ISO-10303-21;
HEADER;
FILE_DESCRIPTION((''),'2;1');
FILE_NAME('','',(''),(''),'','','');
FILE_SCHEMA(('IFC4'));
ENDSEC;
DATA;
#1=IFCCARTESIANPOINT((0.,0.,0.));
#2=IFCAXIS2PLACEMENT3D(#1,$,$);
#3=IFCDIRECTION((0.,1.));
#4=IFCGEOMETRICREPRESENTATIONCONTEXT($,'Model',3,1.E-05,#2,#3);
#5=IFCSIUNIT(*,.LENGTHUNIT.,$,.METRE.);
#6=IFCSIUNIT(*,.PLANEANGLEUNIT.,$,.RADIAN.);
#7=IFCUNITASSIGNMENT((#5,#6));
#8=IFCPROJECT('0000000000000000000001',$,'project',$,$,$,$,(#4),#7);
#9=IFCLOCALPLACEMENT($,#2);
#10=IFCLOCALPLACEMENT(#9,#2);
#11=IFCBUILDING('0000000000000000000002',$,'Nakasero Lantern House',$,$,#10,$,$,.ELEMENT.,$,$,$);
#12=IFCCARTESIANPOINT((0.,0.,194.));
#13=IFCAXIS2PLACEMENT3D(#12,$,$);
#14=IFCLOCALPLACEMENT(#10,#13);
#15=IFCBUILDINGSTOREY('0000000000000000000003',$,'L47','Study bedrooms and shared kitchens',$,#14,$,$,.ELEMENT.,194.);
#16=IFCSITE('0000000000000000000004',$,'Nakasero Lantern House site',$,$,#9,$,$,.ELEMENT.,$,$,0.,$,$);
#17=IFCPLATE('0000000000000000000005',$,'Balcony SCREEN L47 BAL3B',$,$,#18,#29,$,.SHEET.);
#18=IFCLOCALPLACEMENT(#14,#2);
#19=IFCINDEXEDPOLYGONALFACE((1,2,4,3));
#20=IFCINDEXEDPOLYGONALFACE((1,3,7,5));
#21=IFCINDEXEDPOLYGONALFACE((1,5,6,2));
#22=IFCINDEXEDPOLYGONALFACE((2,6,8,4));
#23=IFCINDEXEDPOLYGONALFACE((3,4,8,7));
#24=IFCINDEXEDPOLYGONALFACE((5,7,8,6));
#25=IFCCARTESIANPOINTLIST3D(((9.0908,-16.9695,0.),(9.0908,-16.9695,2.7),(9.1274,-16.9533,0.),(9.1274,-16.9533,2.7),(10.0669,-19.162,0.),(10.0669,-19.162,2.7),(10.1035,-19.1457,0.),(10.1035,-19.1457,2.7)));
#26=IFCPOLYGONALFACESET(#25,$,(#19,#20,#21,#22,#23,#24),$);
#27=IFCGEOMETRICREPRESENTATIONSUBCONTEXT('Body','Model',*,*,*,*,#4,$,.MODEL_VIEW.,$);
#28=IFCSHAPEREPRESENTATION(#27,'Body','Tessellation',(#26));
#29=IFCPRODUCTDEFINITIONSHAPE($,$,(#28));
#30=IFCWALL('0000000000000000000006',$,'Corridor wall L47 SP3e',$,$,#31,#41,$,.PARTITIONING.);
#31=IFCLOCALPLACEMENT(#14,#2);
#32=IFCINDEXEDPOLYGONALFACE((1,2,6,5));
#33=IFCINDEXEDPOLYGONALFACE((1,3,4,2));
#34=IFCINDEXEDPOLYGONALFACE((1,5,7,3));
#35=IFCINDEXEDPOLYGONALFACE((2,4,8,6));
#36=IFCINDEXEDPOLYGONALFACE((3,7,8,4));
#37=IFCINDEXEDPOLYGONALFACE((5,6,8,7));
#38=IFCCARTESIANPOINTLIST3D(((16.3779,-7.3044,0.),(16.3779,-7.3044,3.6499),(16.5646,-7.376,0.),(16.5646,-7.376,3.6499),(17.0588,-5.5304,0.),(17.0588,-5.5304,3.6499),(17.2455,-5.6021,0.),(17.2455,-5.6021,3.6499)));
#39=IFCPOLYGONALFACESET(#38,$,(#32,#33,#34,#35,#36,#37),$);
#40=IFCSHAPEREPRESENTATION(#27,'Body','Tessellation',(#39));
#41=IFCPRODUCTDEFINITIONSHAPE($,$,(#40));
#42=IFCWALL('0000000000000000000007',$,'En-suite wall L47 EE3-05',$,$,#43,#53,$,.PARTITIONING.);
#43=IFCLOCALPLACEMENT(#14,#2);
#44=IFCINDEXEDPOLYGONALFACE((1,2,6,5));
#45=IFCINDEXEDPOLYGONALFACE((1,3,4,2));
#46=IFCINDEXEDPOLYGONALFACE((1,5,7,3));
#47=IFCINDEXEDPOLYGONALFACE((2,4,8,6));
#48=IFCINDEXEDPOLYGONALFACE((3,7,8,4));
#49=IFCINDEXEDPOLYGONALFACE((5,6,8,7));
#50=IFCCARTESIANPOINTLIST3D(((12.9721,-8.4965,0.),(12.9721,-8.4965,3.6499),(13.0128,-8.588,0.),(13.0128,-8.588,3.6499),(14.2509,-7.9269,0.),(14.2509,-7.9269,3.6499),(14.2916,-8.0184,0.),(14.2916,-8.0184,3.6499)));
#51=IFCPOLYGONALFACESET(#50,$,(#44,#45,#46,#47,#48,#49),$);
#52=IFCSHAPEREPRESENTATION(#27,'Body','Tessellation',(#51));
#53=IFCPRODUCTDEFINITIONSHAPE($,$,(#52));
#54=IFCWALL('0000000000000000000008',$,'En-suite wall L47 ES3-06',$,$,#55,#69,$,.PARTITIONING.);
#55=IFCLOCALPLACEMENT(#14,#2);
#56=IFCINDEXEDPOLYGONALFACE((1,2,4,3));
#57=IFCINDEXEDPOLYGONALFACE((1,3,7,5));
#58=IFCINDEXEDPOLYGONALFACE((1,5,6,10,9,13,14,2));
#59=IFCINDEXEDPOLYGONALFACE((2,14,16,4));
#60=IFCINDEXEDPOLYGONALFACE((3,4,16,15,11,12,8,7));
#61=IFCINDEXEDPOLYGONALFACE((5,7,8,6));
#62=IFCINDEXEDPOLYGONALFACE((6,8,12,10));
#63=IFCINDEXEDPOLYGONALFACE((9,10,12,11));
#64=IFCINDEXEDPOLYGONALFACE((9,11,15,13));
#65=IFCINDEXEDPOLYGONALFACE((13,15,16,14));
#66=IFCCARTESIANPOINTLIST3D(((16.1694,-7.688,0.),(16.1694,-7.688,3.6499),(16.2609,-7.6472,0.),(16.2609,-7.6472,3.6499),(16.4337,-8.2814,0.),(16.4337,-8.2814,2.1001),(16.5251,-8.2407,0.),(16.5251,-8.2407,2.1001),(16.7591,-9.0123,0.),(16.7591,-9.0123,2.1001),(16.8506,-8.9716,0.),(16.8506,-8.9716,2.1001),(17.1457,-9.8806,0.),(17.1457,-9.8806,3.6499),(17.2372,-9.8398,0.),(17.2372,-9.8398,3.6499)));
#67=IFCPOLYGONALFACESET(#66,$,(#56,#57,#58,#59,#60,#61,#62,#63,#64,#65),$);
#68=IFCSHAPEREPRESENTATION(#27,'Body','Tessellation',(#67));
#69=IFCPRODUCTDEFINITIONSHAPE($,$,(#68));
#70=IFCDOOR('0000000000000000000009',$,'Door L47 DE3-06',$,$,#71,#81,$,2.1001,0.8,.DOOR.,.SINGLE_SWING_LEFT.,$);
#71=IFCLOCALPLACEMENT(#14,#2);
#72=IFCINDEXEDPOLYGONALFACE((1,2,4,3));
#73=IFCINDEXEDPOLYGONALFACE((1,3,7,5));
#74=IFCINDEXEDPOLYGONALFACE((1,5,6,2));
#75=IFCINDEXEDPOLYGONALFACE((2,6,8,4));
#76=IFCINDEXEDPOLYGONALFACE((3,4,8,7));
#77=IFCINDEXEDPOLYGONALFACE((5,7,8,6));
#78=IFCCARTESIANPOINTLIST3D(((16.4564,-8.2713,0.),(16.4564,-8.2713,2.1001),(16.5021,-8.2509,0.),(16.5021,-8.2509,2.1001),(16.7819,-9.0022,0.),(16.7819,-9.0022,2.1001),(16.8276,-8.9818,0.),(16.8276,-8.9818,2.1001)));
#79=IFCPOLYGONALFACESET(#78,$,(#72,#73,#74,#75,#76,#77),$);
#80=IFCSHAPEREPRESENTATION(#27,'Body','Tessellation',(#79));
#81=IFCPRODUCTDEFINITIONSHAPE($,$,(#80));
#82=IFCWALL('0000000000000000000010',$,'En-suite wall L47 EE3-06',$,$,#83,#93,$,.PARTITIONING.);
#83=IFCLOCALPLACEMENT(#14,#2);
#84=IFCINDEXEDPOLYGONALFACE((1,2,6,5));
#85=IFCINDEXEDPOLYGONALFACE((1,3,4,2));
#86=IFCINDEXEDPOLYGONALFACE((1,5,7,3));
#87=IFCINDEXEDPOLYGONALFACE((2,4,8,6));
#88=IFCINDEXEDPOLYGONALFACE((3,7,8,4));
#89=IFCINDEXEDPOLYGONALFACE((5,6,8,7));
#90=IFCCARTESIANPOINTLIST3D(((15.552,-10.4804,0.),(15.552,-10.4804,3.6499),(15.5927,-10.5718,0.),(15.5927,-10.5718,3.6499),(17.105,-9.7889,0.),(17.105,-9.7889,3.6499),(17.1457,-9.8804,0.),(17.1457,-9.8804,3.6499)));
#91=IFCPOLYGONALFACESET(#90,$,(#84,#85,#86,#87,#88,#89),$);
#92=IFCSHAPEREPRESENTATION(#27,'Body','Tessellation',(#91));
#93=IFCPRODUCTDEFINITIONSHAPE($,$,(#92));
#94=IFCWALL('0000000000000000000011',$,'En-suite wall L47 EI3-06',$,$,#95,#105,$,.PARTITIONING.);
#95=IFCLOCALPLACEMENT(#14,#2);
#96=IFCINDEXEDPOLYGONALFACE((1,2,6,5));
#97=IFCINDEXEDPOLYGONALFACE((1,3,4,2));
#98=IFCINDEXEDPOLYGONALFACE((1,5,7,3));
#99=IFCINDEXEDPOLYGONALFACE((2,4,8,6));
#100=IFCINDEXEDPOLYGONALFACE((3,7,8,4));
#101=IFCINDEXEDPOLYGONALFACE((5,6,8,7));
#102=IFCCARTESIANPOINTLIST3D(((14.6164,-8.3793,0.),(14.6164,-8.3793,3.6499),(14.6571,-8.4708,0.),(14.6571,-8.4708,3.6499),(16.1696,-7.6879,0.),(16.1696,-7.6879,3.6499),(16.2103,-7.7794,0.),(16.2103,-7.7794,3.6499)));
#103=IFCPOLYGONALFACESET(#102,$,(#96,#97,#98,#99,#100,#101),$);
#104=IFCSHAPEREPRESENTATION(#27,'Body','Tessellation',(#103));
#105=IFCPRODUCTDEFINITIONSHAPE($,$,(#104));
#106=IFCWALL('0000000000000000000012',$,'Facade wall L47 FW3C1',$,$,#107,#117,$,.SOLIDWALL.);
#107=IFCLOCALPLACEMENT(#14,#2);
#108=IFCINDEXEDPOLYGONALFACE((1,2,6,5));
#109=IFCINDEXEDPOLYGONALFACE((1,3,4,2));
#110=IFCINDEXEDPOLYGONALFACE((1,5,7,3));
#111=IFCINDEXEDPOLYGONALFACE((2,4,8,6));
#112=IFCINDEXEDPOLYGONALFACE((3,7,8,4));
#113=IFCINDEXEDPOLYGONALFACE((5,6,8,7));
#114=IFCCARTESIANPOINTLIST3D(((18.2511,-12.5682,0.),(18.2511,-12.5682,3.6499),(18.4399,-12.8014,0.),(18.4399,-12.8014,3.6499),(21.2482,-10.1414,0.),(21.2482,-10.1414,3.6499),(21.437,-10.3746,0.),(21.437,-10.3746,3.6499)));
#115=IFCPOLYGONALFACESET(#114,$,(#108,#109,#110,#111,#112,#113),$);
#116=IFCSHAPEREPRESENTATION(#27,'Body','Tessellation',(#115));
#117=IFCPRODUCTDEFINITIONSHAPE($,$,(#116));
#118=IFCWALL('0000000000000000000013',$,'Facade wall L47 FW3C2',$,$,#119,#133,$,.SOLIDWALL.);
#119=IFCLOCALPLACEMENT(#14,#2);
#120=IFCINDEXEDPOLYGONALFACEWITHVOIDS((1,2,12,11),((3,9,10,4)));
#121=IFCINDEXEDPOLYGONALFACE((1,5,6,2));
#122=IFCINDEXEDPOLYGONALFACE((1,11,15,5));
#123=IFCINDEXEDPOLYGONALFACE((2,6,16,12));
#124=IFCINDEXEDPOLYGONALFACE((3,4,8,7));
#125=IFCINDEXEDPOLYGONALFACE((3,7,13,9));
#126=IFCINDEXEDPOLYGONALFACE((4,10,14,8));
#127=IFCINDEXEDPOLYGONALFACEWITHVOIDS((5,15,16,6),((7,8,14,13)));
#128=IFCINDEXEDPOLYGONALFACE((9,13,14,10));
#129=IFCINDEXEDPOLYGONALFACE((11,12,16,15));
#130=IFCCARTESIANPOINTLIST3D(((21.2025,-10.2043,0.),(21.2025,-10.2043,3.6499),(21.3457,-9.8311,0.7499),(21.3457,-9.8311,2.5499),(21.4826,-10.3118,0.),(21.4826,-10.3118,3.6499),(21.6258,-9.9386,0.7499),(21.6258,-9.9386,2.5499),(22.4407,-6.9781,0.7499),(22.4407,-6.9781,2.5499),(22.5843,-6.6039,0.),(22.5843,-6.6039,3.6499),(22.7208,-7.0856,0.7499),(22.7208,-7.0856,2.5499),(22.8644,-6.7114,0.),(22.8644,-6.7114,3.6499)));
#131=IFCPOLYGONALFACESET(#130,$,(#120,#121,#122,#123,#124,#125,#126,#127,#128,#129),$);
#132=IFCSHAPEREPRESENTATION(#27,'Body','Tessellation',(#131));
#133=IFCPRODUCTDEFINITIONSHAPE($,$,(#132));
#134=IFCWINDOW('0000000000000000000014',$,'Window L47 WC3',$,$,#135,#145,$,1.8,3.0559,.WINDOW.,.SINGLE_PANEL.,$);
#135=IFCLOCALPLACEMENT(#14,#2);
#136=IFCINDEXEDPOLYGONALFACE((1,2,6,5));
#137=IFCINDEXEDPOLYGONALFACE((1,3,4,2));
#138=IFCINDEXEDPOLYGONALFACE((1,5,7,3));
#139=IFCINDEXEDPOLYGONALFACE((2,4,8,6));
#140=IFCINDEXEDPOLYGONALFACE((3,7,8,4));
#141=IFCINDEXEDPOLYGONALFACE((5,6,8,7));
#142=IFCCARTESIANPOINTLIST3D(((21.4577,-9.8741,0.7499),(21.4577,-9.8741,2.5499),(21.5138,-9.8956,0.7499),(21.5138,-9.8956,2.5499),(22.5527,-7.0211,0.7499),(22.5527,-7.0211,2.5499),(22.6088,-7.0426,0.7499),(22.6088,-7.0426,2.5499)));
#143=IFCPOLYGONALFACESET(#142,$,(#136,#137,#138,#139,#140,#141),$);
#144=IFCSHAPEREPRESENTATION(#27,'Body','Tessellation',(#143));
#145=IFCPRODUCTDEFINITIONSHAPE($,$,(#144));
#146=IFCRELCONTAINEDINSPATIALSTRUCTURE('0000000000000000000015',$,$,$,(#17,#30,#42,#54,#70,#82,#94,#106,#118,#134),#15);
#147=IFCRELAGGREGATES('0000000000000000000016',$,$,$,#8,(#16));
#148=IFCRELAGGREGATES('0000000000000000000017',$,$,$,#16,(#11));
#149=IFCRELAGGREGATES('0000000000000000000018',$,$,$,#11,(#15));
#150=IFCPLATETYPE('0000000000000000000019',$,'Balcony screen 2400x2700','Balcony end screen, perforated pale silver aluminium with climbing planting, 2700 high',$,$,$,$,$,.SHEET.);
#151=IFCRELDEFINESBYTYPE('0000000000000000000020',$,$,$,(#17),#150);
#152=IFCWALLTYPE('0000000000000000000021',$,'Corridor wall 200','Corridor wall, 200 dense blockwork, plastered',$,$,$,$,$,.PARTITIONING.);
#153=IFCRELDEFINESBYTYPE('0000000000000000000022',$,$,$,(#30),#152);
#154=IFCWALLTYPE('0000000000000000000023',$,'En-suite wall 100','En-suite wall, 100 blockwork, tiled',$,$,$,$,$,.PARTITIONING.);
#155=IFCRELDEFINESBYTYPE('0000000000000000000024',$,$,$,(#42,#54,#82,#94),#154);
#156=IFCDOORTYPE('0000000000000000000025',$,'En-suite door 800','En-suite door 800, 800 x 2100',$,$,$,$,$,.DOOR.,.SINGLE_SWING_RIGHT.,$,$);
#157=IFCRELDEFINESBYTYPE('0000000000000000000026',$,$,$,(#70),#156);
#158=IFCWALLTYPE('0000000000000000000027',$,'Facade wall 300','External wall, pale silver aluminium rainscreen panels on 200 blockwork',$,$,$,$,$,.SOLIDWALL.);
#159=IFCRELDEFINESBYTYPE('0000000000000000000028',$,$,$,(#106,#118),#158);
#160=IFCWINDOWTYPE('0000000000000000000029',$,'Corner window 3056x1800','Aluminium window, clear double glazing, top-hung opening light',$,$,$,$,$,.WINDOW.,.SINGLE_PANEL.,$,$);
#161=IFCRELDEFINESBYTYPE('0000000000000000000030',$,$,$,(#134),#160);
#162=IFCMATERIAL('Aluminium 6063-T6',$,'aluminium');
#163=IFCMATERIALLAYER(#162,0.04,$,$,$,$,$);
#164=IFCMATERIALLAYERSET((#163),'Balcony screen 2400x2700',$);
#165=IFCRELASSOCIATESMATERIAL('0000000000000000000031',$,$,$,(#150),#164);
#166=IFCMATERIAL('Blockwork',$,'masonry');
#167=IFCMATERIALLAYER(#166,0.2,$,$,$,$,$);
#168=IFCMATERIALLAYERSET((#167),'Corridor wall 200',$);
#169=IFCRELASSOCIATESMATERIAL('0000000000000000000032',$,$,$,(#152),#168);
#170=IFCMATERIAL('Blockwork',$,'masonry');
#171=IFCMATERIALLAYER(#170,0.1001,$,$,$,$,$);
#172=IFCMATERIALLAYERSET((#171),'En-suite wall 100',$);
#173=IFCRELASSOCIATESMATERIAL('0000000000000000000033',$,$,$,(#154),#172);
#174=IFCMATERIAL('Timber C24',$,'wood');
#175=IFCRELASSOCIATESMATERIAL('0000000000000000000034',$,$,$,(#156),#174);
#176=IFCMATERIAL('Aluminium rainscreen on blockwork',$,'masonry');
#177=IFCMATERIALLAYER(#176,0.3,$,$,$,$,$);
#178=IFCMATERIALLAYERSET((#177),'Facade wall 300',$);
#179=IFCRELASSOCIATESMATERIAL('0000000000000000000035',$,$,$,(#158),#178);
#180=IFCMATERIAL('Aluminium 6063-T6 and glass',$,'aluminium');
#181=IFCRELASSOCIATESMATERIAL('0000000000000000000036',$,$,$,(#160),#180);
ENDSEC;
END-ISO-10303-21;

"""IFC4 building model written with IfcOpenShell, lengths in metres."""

from ifc_helpers import new_model, si_unit, direction, frame, frame_2d, origin, origin_2d, place, context, subcontext, project, spatial, rectangle, extrude, material, layer, layer_set, type_object, element, fill, save


model = new_model("IFC4")

# Units and contexts
model_context = context("Model", 3, precision=1e-05, world=origin(), true_north=direction((0.0, 1.0)))
body_context = subcontext(model_context, "Body", "Model", "MODEL_VIEW")
ifc_project = project(units=[si_unit("LENGTHUNIT", "METRE"), si_unit("PLANEANGLEUNIT", "RADIAN")], contexts=[model_context])

# Site, building, storey
site_placement = place(None, origin())
site = spatial("IfcSite", under=ifc_project, at=site_placement, Name="Nakasero Lantern House site", CompositionType="ELEMENT", RefElevation=0.0)
building_placement = place(site_placement, origin())
building = spatial("IfcBuilding", under=site, at=building_placement, Name="Nakasero Lantern House", CompositionType="ELEMENT")
storey_placement = place(building_placement, frame((0.0, 0.0, 194.0)))
storey = spatial("IfcBuildingStorey", under=building, at=storey_placement, Name="L47", Description="Study bedrooms and shared kitchens", CompositionType="ELEMENT", Elevation=194.0)

# Plate
ifc_material_1 = material(Name="Aluminium 6063-T6", Category="aluminium")
ifc_layer_1 = layer(ifc_material_1, 0.04)
ifc_layer_set_1 = layer_set([ifc_layer_1], Name="Balcony screen 2400x2700")
plate_type = type_object("IfcPlateType", Name="Balcony screen 2400x2700", Description="Balcony end screen, perforated pale silver aluminium with climbing planting, 2700 high", PredefinedType="SHEET", material=ifc_layer_set_1)
plate_placement = place(storey_placement, frame((9.5972, -18.0576, 0.0), z_axis=(0.0, 0.0, 1.0), x_axis=(0.406737, -0.913545, 0.0)))
element("IfcPlate", 1, at=plate_placement, inside=storey, type_object=plate_type, Name="Balcony SCREEN L47 BAL3B", PredefinedType="SHEET", context=body_context, shape_type="SweptSolid", body=[
    extrude(rectangle(XDim=2.3999, YDim=0.04, at=origin_2d()), origin(), (0.0, 0.0, 1.0), 2.7),
])

# Walls
ifc_material_2 = material(Name="Blockwork", Category="masonry")
ifc_layer_2 = layer(ifc_material_2, 0.2)
ifc_layer_set_2 = layer_set([ifc_layer_2], Name="Corridor wall 200")
wall_type_1 = type_object("IfcWallType", Name="Corridor wall 200", Description="Corridor wall, 200 dense blockwork, plastered", PredefinedType="PARTITIONING", material=ifc_layer_set_2)
wall_1_placement = place(storey_placement, frame((16.4712, -7.3403, 0.0), z_axis=(0.0, 0.0, 1.0), x_axis=(0.35835, 0.933587, 0.0)))
element("IfcWall", 2, at=wall_1_placement, inside=storey, type_object=wall_type_1, Name="Corridor wall L47 SP3e", PredefinedType="PARTITIONING", context=body_context, shape_type="SweptSolid", body=[
    extrude(rectangle(XDim=1.9001, YDim=0.2, at=frame_2d((0.9502, 0.0))), origin(), (0.0, 0.0, 1.0), 3.6499),
])
ifc_material_3 = material(Name="Blockwork", Category="masonry")
ifc_layer_3 = layer(ifc_material_3, 0.1001)
ifc_layer_set_3 = layer_set([ifc_layer_3], Name="En-suite wall 100")
wall_type_2 = type_object("IfcWallType", Name="En-suite wall 100", Description="En-suite wall, 100 blockwork, tiled", PredefinedType="PARTITIONING", material=ifc_layer_set_3)
wall_2_placement = place(storey_placement, frame((12.9924, -8.5422, 0.0), z_axis=(0.0, 0.0, 1.0), x_axis=(0.913488, 0.406866, 0.0)))
element("IfcWall", 3, at=wall_2_placement, inside=storey, type_object=wall_type_2, Name="En-suite wall L47 EE3-05", PredefinedType="PARTITIONING", context=body_context, shape_type="SweptSolid", body=[
    extrude(rectangle(XDim=1.3999, YDim=0.1001, at=frame_2d((0.7, 0.0))), origin(), (0.0, 0.0, 1.0), 3.6499),
])

# Wall, opening, door
wall_3_placement = place(storey_placement, frame((16.2151, -7.6675, 0.0), z_axis=(0.0, 0.0, 1.0), x_axis=(0.406771, -0.91353, 0.0)))
wall_3 = element("IfcWall", 4, at=wall_3_placement, inside=storey, type_object=wall_type_2, Name="En-suite wall L47 ES3-06", PredefinedType="PARTITIONING", context=body_context, shape_type="SweptSolid", body=[
    extrude(rectangle(XDim=2.4001, YDim=0.1001, at=frame_2d((1.2002, 0.0))), origin(), (0.0, 0.0, 1.0), 3.6499),
])
opening_1_placement = place(wall_3_placement, frame((0.6499, 0.0, 0.0)))
opening_1 = element("IfcOpeningElement", 5, at=opening_1_placement, cuts=wall_3, PredefinedType="OPENING", context=body_context, shape_type="SweptSolid", body=[
    extrude(rectangle(XDim=0.8, YDim=2.1001, at=frame_2d((0.3999, 1.05))), frame((0.0, 0.0701, 0.0), z_axis=(0.0, -1.0, 0.0), x_axis=(1.0, 0.0, 0.0)), (0.0, 0.0, 1.0), 0.1401),
])
ifc_material_4 = material(Name="Timber C24", Category="wood")
door_type = type_object("IfcDoorType", Name="En-suite door 800", Description="En-suite door 800, 800 x 2100", OperationType="SINGLE_SWING_RIGHT", PredefinedType="DOOR", material=ifc_material_4)
door_placement = place(opening_1_placement, origin())
door = element("IfcDoor", 6, at=door_placement, inside=storey, type_object=door_type, Name="Door L47 DE3-06", OperationType="SINGLE_SWING_LEFT", OverallHeight=2.1001, OverallWidth=0.8, PredefinedType="DOOR", context=body_context, shape_type="SweptSolid", body=[
    extrude(rectangle(XDim=0.8, YDim=2.1001, at=frame_2d((0.3999, 1.05))), frame((0.0, 0.0249, 0.0), z_axis=(0.0, -1.0, 0.0), x_axis=(1.0, 0.0, 0.0)), (0.0, 0.0, 1.0), 0.05),
])
fill(opening_1, door)

# Walls
wall_4_placement = place(storey_placement, frame((15.5723, -10.5261, 0.0), z_axis=(0.0, 0.0, 1.0), x_axis=(0.913551, 0.406725, 0.0)))
element("IfcWall", 7, at=wall_4_placement, inside=storey, type_object=wall_type_2, Name="En-suite wall L47 EE3-06", PredefinedType="PARTITIONING", context=body_context, shape_type="SweptSolid", body=[
    extrude(rectangle(XDim=1.7, YDim=0.1001, at=frame_2d((0.8501, 0.0))), origin(), (0.0, 0.0, 1.0), 3.6499),
])
wall_5_placement = place(storey_placement, frame((14.6367, -8.425, 0.0), z_axis=(0.0, 0.0, 1.0), x_axis=(0.913575, 0.406671, 0.0)))
element("IfcWall", 8, at=wall_5_placement, inside=storey, type_object=wall_type_2, Name="En-suite wall L47 EI3-06", PredefinedType="PARTITIONING", context=body_context, shape_type="SweptSolid", body=[
    extrude(rectangle(XDim=1.7002, YDim=0.1001, at=frame_2d((0.8501, 0.0))), origin(), (0.0, 0.0, 1.0), 3.6499),
])
ifc_material_5 = material(Name="Aluminium rainscreen on blockwork", Category="masonry")
ifc_layer_4 = layer(ifc_material_5, 0.3)
ifc_layer_set_4 = layer_set([ifc_layer_4], Name="Facade wall 300")
wall_type_3 = type_object("IfcWallType", Name="Facade wall 300", Description="External wall, pale silver aluminium rainscreen panels on 200 blockwork", PredefinedType="SOLIDWALL", material=ifc_layer_set_4)
wall_6_placement = place(storey_placement, frame((18.3455, -12.6848, 0.0), z_axis=(0.0, 0.0, 1.0), x_axis=(0.777174, 0.629286, 0.0)))
element("IfcWall", 9, at=wall_6_placement, inside=storey, type_object=wall_type_3, Name="Facade wall L47 FW3C1", PredefinedType="SOLIDWALL", context=body_context, shape_type="SweptSolid", body=[
    extrude(rectangle(XDim=3.8564, YDim=0.3, at=frame_2d((1.9282, 0.0))), origin(), (0.0, 0.0, 1.0), 3.6499),
])

# Wall, opening, window
wall_7_placement = place(storey_placement, frame((21.3425, -10.2581, 0.0), z_axis=(0.0, 0.0, 1.0), x_axis=(0.358321, 0.933598, 0.0)))
wall_7 = element("IfcWall", 10, at=wall_7_placement, inside=storey, type_object=wall_type_3, Name="Facade wall L47 FW3C2", PredefinedType="SOLIDWALL", context=body_context, shape_type="SweptSolid", body=[
    extrude(rectangle(XDim=3.8564, YDim=0.3, at=frame_2d((1.9282, 0.0))), origin(), (0.0, 0.0, 1.0), 3.6499),
])
opening_2_placement = place(wall_7_placement, frame((0.3999, 0.0, 0.75)))
opening_2 = element("IfcOpeningElement", 11, at=opening_2_placement, cuts=wall_7, PredefinedType="OPENING", context=body_context, shape_type="SweptSolid", body=[
    extrude(rectangle(XDim=3.0559, YDim=1.8, at=frame_2d((1.5278, 0.8999))), frame((0.0, 0.1699, 0.0), z_axis=(0.0, -1.0, 0.0), x_axis=(1.0, 0.0, 0.0)), (0.0, 0.0, 1.0), 0.3401),
])
ifc_material_6 = material(Name="Aluminium 6063-T6 and glass", Category="aluminium")
window_type = type_object("IfcWindowType", Name="Corner window 3056x1800", Description="Aluminium window, clear double glazing, top-hung opening light", PartitioningType="SINGLE_PANEL", PredefinedType="WINDOW", material=ifc_material_6)
window_placement = place(opening_2_placement, origin())
window = element("IfcWindow", 12, at=window_placement, inside=storey, type_object=window_type, Name="Window L47 WC3", OverallHeight=1.8, OverallWidth=3.0559, PartitioningType="SINGLE_PANEL", PredefinedType="WINDOW", context=body_context, shape_type="SweptSolid", body=[
    extrude(rectangle(XDim=3.0559, YDim=1.8, at=frame_2d((1.5278, 0.8999))), frame((0.0, 0.03, 0.0), z_axis=(0.0, -1.0, 0.0), x_axis=(1.0, 0.0, 0.0)), (0.0, 0.0, 1.0), 0.0601),
])
fill(opening_2, window)

save(model, "model.ifc")
